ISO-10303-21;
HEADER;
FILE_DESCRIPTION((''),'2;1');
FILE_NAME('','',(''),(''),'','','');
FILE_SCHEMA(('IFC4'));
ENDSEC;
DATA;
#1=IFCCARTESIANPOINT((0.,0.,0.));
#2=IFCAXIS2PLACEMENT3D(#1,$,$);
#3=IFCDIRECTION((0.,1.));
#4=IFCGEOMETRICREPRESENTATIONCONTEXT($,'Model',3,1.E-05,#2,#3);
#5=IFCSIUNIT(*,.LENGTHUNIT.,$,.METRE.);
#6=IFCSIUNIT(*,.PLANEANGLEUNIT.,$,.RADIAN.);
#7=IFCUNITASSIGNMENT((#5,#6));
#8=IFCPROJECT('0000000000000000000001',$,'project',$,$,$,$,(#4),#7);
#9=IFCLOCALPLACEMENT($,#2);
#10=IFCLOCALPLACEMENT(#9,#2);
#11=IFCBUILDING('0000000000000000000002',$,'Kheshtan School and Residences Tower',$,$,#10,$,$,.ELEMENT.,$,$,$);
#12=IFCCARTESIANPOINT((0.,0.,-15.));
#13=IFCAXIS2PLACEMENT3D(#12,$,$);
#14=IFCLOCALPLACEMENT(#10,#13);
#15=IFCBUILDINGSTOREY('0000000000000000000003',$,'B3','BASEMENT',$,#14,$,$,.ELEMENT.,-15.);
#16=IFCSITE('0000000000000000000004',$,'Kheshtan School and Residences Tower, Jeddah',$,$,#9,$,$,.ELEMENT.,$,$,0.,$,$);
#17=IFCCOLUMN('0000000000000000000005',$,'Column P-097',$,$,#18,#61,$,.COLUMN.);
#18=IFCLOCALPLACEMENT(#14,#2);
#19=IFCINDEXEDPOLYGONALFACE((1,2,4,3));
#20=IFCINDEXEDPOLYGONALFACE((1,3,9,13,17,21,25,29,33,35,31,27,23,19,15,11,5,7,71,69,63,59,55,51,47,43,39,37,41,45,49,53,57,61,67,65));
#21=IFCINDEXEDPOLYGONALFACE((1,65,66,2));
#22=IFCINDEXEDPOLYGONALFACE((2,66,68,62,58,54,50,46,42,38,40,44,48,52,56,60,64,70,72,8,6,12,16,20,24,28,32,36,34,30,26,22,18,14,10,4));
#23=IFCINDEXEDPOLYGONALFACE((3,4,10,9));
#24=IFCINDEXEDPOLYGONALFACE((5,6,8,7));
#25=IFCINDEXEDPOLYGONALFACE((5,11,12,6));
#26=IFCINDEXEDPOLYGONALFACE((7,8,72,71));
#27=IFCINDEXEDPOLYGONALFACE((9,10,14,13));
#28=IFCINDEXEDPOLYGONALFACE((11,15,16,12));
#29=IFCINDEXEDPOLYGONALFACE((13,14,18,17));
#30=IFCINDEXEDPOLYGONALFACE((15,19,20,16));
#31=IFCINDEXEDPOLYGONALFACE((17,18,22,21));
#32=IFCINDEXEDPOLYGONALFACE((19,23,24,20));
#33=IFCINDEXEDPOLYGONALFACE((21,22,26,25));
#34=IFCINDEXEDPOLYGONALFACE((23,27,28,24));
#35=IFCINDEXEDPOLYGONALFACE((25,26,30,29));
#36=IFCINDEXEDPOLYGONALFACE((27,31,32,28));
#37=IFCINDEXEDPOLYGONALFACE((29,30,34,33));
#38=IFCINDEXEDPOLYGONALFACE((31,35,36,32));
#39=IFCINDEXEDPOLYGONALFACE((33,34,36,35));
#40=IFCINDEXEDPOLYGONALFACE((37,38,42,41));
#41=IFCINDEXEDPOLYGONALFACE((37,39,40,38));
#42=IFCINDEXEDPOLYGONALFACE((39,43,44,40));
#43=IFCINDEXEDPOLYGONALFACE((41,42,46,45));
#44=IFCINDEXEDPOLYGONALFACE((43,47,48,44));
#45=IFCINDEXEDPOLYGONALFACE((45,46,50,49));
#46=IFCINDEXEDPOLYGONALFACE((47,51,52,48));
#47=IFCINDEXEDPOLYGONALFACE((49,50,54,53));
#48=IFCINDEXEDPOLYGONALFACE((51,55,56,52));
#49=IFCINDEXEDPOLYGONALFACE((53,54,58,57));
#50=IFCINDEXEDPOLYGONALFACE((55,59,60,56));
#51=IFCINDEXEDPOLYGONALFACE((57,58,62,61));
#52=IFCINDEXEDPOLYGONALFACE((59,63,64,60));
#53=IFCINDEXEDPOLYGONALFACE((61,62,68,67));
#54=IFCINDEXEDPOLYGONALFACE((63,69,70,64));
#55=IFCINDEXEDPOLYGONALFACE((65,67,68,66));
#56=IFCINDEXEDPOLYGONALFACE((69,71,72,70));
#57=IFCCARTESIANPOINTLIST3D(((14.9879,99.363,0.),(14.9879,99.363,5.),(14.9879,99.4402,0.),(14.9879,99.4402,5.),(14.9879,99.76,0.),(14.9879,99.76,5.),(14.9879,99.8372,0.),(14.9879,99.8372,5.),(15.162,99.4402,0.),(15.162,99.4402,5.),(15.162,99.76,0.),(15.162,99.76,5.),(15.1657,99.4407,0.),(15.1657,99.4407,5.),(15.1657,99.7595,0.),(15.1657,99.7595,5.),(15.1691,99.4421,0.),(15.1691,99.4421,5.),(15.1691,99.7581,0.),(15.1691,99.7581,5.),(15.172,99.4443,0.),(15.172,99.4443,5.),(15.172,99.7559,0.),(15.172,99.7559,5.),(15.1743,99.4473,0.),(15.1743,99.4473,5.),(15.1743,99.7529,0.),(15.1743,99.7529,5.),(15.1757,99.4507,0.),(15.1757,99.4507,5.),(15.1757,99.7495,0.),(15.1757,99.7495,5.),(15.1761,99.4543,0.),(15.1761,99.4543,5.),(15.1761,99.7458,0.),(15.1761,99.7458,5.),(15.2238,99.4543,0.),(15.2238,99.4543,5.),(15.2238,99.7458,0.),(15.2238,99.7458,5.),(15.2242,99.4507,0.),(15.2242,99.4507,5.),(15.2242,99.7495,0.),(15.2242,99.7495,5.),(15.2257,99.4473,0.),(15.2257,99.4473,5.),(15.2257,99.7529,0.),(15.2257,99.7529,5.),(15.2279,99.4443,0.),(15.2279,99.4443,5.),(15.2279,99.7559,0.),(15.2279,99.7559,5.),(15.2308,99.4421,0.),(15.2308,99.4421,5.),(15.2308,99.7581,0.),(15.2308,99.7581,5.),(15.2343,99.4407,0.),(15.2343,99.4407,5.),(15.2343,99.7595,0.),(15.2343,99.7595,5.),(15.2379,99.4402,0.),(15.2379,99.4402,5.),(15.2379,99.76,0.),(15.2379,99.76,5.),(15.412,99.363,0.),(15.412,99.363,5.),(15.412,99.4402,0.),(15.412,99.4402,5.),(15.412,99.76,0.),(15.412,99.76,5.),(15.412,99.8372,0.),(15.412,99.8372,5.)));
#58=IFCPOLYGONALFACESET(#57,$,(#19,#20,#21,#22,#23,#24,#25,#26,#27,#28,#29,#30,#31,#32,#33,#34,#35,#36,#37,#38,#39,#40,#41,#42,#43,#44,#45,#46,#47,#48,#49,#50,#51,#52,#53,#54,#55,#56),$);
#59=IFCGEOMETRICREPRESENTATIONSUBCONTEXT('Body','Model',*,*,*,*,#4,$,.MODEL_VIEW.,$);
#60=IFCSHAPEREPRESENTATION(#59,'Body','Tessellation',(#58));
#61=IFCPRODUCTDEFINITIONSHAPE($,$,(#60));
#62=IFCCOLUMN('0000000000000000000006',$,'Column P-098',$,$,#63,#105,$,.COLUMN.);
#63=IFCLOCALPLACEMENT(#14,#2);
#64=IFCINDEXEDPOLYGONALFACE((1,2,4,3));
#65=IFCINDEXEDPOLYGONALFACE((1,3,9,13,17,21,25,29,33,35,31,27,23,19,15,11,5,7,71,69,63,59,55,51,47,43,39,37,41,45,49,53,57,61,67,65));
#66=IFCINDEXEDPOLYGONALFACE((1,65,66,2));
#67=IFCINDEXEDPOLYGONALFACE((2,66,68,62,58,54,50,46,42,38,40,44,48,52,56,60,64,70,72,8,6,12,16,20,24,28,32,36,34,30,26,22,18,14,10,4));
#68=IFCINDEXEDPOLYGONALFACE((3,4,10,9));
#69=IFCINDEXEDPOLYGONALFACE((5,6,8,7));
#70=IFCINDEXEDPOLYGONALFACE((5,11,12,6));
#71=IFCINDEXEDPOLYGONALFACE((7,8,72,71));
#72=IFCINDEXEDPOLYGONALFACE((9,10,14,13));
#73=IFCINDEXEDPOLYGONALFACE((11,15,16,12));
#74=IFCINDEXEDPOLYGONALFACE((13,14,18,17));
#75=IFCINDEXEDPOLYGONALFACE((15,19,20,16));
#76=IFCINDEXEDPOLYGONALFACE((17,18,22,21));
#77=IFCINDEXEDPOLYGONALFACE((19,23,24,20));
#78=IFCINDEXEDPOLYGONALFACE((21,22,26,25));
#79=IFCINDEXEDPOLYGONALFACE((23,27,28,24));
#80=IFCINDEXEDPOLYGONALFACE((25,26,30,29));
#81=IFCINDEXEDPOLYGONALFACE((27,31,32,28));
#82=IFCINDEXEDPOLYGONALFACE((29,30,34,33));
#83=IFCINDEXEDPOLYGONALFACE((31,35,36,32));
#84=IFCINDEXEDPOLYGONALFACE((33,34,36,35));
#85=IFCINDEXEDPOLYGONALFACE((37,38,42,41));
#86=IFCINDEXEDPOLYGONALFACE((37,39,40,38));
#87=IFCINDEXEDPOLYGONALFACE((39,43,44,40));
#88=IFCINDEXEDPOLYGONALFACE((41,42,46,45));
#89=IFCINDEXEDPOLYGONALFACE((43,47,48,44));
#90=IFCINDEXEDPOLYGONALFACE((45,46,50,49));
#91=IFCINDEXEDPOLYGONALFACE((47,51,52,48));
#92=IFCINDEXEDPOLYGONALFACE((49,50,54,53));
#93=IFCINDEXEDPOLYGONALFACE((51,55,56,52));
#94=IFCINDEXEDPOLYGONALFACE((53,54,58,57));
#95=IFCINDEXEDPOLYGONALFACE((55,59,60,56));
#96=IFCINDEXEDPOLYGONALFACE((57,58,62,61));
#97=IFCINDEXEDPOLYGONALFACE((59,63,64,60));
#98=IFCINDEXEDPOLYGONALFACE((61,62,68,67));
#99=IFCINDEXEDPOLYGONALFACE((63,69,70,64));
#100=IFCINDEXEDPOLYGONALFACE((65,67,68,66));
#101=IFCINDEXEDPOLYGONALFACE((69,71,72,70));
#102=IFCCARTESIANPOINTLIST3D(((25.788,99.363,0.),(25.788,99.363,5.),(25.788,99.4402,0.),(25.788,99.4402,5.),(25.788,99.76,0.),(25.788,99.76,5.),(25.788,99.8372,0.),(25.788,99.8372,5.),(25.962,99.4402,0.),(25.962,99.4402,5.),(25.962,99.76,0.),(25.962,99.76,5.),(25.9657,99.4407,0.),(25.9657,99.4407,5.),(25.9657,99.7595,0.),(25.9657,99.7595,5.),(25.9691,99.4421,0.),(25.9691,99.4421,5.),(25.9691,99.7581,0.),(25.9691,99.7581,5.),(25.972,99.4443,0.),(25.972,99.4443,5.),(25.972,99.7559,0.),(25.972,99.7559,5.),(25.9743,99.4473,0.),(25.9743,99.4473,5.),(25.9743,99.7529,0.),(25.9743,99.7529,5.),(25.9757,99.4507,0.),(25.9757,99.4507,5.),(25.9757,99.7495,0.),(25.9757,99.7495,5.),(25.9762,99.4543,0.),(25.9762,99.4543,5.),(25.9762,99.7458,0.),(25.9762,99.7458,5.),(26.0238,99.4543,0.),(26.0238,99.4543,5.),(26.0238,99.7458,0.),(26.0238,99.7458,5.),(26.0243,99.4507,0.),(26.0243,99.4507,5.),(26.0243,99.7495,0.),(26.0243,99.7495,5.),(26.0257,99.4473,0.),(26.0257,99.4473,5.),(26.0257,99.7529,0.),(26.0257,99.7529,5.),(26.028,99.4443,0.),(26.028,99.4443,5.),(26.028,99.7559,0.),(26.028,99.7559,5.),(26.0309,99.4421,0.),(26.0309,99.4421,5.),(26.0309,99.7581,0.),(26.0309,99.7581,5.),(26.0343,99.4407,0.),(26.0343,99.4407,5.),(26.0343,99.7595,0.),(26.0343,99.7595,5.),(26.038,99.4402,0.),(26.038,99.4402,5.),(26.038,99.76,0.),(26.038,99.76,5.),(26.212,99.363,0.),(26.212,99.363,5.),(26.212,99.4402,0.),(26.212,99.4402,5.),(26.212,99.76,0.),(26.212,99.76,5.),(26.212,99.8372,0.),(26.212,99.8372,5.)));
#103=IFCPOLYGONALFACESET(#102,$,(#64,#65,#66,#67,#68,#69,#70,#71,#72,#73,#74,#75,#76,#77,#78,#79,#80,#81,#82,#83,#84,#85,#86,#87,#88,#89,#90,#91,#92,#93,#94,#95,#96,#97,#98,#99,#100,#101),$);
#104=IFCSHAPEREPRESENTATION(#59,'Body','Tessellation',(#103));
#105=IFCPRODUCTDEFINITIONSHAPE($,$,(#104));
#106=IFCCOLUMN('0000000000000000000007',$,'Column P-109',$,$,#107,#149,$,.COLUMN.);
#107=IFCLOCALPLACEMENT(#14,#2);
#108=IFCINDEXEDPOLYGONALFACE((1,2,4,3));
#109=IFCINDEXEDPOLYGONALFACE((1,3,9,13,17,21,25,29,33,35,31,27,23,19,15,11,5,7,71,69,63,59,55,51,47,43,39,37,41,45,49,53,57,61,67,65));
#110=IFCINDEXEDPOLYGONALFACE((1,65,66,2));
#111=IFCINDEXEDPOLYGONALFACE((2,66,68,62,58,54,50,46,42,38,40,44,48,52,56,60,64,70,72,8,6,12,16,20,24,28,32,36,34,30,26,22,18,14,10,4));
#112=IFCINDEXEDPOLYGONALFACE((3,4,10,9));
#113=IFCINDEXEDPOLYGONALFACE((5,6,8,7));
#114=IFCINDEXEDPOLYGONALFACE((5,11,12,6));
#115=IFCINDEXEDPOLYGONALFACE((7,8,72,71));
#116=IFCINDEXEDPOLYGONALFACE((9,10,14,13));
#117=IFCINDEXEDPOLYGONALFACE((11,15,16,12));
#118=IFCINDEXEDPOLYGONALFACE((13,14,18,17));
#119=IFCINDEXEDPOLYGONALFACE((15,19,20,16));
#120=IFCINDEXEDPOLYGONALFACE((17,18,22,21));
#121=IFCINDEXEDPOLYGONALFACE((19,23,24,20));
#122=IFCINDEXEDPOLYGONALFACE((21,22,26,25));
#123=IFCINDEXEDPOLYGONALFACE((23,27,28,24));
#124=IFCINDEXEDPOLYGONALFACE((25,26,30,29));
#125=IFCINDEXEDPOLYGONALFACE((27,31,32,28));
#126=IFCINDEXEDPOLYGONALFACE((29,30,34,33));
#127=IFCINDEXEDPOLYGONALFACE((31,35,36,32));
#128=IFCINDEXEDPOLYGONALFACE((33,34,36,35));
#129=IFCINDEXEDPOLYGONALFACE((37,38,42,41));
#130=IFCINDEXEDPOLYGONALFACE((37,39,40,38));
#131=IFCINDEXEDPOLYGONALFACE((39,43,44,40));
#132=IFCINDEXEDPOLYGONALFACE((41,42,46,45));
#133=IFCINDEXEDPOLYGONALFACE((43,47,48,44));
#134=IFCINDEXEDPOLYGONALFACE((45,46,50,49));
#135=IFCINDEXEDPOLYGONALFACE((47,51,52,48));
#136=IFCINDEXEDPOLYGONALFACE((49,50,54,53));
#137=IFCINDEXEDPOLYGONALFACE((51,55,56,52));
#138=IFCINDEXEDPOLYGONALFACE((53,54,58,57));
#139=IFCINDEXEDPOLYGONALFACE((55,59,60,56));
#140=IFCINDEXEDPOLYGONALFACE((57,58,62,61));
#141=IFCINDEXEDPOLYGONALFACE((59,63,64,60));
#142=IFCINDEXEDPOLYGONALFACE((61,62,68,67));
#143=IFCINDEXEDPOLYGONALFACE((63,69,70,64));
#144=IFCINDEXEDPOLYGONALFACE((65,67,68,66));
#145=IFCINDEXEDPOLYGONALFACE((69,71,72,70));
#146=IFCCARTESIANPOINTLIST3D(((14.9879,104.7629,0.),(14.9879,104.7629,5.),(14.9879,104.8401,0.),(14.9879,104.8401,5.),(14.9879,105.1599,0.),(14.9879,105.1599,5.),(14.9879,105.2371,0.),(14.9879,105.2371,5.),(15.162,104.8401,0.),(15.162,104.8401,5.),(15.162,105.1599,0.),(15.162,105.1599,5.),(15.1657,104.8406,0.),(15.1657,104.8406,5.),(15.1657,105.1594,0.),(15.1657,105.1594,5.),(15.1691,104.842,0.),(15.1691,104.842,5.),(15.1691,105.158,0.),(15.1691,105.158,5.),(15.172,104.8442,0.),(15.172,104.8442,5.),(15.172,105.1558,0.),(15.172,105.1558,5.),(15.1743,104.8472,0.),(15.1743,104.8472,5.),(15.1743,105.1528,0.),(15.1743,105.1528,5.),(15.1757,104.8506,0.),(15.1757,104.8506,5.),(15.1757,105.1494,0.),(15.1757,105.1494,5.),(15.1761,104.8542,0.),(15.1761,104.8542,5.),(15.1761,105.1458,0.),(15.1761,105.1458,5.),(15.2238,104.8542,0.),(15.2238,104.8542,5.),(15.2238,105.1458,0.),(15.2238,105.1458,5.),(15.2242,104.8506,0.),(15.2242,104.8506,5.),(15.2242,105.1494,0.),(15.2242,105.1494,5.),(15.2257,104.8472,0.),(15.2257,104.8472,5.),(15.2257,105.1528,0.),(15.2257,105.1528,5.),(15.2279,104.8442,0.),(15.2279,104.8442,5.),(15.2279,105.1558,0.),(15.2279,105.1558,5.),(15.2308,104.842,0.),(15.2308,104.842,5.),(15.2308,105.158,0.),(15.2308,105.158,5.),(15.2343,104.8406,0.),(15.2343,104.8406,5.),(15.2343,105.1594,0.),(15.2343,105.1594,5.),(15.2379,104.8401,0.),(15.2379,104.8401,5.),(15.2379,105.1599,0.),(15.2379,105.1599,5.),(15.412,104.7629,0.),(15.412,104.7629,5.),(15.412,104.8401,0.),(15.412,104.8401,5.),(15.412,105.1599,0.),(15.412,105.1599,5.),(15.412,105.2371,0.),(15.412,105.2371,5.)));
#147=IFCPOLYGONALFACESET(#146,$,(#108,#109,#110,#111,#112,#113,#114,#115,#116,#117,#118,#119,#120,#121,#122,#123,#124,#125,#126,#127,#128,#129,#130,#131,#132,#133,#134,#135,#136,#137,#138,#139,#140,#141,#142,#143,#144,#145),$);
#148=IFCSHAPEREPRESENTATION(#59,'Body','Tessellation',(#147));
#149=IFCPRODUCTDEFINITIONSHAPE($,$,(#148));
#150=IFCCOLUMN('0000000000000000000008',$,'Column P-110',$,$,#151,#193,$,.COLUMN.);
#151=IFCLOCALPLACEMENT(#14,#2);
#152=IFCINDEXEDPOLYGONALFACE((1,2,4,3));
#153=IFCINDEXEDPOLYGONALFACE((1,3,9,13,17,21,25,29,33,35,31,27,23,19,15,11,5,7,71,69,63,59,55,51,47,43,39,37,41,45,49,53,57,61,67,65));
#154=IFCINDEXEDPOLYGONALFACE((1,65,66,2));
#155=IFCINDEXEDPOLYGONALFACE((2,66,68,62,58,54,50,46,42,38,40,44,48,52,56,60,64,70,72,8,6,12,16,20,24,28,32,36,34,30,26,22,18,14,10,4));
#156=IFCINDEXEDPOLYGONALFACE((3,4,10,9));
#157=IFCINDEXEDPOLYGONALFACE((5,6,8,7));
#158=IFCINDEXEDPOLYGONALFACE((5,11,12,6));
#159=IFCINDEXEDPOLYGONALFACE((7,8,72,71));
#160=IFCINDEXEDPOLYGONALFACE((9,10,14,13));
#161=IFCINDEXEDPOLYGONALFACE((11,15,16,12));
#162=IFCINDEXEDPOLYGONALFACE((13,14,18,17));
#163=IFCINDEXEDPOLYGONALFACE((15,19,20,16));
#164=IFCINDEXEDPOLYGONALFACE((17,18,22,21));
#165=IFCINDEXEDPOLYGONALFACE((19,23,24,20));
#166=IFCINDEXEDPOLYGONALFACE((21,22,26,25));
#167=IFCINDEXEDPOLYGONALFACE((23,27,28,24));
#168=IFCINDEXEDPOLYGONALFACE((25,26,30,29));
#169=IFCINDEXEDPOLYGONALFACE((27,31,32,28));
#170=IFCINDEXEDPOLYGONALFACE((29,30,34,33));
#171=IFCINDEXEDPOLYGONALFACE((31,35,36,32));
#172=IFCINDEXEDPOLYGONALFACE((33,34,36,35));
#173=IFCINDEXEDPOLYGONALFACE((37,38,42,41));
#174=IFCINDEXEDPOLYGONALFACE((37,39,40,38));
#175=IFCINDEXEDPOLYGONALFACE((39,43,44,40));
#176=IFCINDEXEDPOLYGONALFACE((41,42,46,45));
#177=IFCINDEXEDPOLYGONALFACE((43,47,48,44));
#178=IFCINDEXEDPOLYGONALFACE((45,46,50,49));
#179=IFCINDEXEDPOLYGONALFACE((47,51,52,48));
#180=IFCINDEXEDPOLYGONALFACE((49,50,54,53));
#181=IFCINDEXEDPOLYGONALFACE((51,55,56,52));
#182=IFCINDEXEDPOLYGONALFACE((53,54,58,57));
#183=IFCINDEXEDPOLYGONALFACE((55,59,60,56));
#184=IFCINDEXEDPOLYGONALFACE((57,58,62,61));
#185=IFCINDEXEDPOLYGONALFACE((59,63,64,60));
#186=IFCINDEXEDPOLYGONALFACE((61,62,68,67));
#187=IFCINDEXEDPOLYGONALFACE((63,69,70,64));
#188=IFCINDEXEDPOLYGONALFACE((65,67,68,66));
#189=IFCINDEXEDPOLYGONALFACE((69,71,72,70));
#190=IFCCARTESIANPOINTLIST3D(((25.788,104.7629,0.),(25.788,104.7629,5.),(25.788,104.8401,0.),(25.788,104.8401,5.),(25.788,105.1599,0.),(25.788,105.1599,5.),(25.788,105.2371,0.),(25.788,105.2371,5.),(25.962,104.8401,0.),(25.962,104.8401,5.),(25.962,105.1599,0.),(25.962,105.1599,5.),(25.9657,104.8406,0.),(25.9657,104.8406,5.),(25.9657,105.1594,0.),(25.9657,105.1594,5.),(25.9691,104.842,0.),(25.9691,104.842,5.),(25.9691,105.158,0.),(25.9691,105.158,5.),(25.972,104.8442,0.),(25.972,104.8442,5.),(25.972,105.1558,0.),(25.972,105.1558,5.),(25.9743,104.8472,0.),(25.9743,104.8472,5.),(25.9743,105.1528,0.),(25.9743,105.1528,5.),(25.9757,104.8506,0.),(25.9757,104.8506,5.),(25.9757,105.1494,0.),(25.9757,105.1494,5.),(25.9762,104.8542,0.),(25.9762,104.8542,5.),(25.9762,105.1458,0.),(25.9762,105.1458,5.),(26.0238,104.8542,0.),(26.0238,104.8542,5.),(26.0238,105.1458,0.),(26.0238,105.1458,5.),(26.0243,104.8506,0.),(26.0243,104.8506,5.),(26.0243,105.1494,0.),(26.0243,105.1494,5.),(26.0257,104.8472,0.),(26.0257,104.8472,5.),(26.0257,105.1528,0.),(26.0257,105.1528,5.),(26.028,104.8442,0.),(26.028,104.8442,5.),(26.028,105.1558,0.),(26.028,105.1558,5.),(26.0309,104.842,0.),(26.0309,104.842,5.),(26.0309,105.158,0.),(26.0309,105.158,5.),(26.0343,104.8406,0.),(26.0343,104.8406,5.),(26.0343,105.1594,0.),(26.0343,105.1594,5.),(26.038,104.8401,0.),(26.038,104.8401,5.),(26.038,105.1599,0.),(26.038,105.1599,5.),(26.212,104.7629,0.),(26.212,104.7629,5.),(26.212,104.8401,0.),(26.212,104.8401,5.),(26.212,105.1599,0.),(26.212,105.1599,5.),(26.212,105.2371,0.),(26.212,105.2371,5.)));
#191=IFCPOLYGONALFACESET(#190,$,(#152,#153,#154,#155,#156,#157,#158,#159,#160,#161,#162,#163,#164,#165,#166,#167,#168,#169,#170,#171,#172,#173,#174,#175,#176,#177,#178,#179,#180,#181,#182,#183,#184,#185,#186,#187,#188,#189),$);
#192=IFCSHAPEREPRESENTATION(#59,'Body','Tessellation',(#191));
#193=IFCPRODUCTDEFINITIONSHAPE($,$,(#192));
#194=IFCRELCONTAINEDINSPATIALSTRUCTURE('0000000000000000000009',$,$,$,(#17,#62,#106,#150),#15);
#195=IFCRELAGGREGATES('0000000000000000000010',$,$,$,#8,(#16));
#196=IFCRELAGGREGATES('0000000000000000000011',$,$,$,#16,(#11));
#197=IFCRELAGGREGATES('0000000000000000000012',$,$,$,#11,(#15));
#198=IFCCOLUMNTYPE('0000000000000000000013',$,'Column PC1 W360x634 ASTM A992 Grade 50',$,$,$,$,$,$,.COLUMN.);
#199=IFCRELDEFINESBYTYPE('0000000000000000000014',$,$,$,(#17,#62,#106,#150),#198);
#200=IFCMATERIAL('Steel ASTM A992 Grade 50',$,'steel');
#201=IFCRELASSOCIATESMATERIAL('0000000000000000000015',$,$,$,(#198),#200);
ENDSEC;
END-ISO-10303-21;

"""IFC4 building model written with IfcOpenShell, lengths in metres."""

from ifc_helpers import new_model, si_unit, direction, frame, origin, origin_2d, place, context, subcontext, project, spatial, i_section, extrude, material, material_profile, profile_set, type_object, element, save


model = new_model("IFC4")

# Units and contexts
model_context = context("Model", 3, precision=1e-05, world=origin(), true_north=direction((0.0, 1.0)))
body_context = subcontext(model_context, "Body", "Model", "MODEL_VIEW")
ifc_project = project(units=[si_unit("LENGTHUNIT", "METRE"), si_unit("PLANEANGLEUNIT", "RADIAN")], contexts=[model_context])

# Site, building, storey
site_placement = place(None, origin())
site = spatial("IfcSite", under=ifc_project, at=site_placement, Name="Kheshtan School and Residences Tower, Jeddah", CompositionType="ELEMENT", RefElevation=0.0)
building_placement = place(site_placement, origin())
building = spatial("IfcBuilding", under=site, at=building_placement, Name="Kheshtan School and Residences Tower", CompositionType="ELEMENT")
storey_placement = place(building_placement, frame((0.0, 0.0, -15.0)))
storey = spatial("IfcBuildingStorey", under=building, at=storey_placement, Name="B3", Description="BASEMENT", CompositionType="ELEMENT", Elevation=-15.0)

# Columns
ifc_material_1 = material(Name="Steel ASTM A992 Grade 50", Category="steel")
ifc_material_profile_1 = material_profile(ifc_material_1, i_section(OverallWidth=0.4241, OverallDepth=0.4741, WebThickness=0.0476, FlangeThickness=0.0771, FilletRadius=0.0142, at=origin_2d()), Name="W360x634")
ifc_profile_set_1 = profile_set([ifc_material_profile_1], Name="Steel ASTM A992 Grade 50")
column_type = type_object("IfcColumnType", Name="Column PC1 W360x634 ASTM A992 Grade 50", PredefinedType="COLUMN", material=ifc_profile_set_1)
for number, where, z_axis, x_axis, name in (
    (1, (15.2, 99.6001, 0.0), (0.0, 0.0, 1.0), (1.0, 0.0, 0.0), "Column P-097"),
    (2, (26.0, 99.6001, 0.0), (0.0, 0.0, 1.0), (1.0, 0.0, 0.0), "Column P-098"),
    (3, (15.2, 105.0, 0.0), (0.0, 0.0, 1.0), (1.0, 0.0, 0.0), "Column P-109"),
    (4, (26.0, 105.0, 0.0), (0.0, 0.0, 1.0), (1.0, 0.0, 0.0), "Column P-110"),
):
    element("IfcColumn", number, at=place(storey_placement, frame(where, z_axis=z_axis, x_axis=x_axis)), inside=storey, type_object=column_type, Name=name, PredefinedType="COLUMN", context=body_context, shape_type="SweptSolid", body=[
        extrude(i_section(OverallWidth=0.4241, OverallDepth=0.4741, WebThickness=0.0476, FlangeThickness=0.0771, FilletRadius=0.0142, at=origin_2d()), origin(), (0.0, 0.0, 1.0), 5.0),
    ])

save(model, "model.ifc")
